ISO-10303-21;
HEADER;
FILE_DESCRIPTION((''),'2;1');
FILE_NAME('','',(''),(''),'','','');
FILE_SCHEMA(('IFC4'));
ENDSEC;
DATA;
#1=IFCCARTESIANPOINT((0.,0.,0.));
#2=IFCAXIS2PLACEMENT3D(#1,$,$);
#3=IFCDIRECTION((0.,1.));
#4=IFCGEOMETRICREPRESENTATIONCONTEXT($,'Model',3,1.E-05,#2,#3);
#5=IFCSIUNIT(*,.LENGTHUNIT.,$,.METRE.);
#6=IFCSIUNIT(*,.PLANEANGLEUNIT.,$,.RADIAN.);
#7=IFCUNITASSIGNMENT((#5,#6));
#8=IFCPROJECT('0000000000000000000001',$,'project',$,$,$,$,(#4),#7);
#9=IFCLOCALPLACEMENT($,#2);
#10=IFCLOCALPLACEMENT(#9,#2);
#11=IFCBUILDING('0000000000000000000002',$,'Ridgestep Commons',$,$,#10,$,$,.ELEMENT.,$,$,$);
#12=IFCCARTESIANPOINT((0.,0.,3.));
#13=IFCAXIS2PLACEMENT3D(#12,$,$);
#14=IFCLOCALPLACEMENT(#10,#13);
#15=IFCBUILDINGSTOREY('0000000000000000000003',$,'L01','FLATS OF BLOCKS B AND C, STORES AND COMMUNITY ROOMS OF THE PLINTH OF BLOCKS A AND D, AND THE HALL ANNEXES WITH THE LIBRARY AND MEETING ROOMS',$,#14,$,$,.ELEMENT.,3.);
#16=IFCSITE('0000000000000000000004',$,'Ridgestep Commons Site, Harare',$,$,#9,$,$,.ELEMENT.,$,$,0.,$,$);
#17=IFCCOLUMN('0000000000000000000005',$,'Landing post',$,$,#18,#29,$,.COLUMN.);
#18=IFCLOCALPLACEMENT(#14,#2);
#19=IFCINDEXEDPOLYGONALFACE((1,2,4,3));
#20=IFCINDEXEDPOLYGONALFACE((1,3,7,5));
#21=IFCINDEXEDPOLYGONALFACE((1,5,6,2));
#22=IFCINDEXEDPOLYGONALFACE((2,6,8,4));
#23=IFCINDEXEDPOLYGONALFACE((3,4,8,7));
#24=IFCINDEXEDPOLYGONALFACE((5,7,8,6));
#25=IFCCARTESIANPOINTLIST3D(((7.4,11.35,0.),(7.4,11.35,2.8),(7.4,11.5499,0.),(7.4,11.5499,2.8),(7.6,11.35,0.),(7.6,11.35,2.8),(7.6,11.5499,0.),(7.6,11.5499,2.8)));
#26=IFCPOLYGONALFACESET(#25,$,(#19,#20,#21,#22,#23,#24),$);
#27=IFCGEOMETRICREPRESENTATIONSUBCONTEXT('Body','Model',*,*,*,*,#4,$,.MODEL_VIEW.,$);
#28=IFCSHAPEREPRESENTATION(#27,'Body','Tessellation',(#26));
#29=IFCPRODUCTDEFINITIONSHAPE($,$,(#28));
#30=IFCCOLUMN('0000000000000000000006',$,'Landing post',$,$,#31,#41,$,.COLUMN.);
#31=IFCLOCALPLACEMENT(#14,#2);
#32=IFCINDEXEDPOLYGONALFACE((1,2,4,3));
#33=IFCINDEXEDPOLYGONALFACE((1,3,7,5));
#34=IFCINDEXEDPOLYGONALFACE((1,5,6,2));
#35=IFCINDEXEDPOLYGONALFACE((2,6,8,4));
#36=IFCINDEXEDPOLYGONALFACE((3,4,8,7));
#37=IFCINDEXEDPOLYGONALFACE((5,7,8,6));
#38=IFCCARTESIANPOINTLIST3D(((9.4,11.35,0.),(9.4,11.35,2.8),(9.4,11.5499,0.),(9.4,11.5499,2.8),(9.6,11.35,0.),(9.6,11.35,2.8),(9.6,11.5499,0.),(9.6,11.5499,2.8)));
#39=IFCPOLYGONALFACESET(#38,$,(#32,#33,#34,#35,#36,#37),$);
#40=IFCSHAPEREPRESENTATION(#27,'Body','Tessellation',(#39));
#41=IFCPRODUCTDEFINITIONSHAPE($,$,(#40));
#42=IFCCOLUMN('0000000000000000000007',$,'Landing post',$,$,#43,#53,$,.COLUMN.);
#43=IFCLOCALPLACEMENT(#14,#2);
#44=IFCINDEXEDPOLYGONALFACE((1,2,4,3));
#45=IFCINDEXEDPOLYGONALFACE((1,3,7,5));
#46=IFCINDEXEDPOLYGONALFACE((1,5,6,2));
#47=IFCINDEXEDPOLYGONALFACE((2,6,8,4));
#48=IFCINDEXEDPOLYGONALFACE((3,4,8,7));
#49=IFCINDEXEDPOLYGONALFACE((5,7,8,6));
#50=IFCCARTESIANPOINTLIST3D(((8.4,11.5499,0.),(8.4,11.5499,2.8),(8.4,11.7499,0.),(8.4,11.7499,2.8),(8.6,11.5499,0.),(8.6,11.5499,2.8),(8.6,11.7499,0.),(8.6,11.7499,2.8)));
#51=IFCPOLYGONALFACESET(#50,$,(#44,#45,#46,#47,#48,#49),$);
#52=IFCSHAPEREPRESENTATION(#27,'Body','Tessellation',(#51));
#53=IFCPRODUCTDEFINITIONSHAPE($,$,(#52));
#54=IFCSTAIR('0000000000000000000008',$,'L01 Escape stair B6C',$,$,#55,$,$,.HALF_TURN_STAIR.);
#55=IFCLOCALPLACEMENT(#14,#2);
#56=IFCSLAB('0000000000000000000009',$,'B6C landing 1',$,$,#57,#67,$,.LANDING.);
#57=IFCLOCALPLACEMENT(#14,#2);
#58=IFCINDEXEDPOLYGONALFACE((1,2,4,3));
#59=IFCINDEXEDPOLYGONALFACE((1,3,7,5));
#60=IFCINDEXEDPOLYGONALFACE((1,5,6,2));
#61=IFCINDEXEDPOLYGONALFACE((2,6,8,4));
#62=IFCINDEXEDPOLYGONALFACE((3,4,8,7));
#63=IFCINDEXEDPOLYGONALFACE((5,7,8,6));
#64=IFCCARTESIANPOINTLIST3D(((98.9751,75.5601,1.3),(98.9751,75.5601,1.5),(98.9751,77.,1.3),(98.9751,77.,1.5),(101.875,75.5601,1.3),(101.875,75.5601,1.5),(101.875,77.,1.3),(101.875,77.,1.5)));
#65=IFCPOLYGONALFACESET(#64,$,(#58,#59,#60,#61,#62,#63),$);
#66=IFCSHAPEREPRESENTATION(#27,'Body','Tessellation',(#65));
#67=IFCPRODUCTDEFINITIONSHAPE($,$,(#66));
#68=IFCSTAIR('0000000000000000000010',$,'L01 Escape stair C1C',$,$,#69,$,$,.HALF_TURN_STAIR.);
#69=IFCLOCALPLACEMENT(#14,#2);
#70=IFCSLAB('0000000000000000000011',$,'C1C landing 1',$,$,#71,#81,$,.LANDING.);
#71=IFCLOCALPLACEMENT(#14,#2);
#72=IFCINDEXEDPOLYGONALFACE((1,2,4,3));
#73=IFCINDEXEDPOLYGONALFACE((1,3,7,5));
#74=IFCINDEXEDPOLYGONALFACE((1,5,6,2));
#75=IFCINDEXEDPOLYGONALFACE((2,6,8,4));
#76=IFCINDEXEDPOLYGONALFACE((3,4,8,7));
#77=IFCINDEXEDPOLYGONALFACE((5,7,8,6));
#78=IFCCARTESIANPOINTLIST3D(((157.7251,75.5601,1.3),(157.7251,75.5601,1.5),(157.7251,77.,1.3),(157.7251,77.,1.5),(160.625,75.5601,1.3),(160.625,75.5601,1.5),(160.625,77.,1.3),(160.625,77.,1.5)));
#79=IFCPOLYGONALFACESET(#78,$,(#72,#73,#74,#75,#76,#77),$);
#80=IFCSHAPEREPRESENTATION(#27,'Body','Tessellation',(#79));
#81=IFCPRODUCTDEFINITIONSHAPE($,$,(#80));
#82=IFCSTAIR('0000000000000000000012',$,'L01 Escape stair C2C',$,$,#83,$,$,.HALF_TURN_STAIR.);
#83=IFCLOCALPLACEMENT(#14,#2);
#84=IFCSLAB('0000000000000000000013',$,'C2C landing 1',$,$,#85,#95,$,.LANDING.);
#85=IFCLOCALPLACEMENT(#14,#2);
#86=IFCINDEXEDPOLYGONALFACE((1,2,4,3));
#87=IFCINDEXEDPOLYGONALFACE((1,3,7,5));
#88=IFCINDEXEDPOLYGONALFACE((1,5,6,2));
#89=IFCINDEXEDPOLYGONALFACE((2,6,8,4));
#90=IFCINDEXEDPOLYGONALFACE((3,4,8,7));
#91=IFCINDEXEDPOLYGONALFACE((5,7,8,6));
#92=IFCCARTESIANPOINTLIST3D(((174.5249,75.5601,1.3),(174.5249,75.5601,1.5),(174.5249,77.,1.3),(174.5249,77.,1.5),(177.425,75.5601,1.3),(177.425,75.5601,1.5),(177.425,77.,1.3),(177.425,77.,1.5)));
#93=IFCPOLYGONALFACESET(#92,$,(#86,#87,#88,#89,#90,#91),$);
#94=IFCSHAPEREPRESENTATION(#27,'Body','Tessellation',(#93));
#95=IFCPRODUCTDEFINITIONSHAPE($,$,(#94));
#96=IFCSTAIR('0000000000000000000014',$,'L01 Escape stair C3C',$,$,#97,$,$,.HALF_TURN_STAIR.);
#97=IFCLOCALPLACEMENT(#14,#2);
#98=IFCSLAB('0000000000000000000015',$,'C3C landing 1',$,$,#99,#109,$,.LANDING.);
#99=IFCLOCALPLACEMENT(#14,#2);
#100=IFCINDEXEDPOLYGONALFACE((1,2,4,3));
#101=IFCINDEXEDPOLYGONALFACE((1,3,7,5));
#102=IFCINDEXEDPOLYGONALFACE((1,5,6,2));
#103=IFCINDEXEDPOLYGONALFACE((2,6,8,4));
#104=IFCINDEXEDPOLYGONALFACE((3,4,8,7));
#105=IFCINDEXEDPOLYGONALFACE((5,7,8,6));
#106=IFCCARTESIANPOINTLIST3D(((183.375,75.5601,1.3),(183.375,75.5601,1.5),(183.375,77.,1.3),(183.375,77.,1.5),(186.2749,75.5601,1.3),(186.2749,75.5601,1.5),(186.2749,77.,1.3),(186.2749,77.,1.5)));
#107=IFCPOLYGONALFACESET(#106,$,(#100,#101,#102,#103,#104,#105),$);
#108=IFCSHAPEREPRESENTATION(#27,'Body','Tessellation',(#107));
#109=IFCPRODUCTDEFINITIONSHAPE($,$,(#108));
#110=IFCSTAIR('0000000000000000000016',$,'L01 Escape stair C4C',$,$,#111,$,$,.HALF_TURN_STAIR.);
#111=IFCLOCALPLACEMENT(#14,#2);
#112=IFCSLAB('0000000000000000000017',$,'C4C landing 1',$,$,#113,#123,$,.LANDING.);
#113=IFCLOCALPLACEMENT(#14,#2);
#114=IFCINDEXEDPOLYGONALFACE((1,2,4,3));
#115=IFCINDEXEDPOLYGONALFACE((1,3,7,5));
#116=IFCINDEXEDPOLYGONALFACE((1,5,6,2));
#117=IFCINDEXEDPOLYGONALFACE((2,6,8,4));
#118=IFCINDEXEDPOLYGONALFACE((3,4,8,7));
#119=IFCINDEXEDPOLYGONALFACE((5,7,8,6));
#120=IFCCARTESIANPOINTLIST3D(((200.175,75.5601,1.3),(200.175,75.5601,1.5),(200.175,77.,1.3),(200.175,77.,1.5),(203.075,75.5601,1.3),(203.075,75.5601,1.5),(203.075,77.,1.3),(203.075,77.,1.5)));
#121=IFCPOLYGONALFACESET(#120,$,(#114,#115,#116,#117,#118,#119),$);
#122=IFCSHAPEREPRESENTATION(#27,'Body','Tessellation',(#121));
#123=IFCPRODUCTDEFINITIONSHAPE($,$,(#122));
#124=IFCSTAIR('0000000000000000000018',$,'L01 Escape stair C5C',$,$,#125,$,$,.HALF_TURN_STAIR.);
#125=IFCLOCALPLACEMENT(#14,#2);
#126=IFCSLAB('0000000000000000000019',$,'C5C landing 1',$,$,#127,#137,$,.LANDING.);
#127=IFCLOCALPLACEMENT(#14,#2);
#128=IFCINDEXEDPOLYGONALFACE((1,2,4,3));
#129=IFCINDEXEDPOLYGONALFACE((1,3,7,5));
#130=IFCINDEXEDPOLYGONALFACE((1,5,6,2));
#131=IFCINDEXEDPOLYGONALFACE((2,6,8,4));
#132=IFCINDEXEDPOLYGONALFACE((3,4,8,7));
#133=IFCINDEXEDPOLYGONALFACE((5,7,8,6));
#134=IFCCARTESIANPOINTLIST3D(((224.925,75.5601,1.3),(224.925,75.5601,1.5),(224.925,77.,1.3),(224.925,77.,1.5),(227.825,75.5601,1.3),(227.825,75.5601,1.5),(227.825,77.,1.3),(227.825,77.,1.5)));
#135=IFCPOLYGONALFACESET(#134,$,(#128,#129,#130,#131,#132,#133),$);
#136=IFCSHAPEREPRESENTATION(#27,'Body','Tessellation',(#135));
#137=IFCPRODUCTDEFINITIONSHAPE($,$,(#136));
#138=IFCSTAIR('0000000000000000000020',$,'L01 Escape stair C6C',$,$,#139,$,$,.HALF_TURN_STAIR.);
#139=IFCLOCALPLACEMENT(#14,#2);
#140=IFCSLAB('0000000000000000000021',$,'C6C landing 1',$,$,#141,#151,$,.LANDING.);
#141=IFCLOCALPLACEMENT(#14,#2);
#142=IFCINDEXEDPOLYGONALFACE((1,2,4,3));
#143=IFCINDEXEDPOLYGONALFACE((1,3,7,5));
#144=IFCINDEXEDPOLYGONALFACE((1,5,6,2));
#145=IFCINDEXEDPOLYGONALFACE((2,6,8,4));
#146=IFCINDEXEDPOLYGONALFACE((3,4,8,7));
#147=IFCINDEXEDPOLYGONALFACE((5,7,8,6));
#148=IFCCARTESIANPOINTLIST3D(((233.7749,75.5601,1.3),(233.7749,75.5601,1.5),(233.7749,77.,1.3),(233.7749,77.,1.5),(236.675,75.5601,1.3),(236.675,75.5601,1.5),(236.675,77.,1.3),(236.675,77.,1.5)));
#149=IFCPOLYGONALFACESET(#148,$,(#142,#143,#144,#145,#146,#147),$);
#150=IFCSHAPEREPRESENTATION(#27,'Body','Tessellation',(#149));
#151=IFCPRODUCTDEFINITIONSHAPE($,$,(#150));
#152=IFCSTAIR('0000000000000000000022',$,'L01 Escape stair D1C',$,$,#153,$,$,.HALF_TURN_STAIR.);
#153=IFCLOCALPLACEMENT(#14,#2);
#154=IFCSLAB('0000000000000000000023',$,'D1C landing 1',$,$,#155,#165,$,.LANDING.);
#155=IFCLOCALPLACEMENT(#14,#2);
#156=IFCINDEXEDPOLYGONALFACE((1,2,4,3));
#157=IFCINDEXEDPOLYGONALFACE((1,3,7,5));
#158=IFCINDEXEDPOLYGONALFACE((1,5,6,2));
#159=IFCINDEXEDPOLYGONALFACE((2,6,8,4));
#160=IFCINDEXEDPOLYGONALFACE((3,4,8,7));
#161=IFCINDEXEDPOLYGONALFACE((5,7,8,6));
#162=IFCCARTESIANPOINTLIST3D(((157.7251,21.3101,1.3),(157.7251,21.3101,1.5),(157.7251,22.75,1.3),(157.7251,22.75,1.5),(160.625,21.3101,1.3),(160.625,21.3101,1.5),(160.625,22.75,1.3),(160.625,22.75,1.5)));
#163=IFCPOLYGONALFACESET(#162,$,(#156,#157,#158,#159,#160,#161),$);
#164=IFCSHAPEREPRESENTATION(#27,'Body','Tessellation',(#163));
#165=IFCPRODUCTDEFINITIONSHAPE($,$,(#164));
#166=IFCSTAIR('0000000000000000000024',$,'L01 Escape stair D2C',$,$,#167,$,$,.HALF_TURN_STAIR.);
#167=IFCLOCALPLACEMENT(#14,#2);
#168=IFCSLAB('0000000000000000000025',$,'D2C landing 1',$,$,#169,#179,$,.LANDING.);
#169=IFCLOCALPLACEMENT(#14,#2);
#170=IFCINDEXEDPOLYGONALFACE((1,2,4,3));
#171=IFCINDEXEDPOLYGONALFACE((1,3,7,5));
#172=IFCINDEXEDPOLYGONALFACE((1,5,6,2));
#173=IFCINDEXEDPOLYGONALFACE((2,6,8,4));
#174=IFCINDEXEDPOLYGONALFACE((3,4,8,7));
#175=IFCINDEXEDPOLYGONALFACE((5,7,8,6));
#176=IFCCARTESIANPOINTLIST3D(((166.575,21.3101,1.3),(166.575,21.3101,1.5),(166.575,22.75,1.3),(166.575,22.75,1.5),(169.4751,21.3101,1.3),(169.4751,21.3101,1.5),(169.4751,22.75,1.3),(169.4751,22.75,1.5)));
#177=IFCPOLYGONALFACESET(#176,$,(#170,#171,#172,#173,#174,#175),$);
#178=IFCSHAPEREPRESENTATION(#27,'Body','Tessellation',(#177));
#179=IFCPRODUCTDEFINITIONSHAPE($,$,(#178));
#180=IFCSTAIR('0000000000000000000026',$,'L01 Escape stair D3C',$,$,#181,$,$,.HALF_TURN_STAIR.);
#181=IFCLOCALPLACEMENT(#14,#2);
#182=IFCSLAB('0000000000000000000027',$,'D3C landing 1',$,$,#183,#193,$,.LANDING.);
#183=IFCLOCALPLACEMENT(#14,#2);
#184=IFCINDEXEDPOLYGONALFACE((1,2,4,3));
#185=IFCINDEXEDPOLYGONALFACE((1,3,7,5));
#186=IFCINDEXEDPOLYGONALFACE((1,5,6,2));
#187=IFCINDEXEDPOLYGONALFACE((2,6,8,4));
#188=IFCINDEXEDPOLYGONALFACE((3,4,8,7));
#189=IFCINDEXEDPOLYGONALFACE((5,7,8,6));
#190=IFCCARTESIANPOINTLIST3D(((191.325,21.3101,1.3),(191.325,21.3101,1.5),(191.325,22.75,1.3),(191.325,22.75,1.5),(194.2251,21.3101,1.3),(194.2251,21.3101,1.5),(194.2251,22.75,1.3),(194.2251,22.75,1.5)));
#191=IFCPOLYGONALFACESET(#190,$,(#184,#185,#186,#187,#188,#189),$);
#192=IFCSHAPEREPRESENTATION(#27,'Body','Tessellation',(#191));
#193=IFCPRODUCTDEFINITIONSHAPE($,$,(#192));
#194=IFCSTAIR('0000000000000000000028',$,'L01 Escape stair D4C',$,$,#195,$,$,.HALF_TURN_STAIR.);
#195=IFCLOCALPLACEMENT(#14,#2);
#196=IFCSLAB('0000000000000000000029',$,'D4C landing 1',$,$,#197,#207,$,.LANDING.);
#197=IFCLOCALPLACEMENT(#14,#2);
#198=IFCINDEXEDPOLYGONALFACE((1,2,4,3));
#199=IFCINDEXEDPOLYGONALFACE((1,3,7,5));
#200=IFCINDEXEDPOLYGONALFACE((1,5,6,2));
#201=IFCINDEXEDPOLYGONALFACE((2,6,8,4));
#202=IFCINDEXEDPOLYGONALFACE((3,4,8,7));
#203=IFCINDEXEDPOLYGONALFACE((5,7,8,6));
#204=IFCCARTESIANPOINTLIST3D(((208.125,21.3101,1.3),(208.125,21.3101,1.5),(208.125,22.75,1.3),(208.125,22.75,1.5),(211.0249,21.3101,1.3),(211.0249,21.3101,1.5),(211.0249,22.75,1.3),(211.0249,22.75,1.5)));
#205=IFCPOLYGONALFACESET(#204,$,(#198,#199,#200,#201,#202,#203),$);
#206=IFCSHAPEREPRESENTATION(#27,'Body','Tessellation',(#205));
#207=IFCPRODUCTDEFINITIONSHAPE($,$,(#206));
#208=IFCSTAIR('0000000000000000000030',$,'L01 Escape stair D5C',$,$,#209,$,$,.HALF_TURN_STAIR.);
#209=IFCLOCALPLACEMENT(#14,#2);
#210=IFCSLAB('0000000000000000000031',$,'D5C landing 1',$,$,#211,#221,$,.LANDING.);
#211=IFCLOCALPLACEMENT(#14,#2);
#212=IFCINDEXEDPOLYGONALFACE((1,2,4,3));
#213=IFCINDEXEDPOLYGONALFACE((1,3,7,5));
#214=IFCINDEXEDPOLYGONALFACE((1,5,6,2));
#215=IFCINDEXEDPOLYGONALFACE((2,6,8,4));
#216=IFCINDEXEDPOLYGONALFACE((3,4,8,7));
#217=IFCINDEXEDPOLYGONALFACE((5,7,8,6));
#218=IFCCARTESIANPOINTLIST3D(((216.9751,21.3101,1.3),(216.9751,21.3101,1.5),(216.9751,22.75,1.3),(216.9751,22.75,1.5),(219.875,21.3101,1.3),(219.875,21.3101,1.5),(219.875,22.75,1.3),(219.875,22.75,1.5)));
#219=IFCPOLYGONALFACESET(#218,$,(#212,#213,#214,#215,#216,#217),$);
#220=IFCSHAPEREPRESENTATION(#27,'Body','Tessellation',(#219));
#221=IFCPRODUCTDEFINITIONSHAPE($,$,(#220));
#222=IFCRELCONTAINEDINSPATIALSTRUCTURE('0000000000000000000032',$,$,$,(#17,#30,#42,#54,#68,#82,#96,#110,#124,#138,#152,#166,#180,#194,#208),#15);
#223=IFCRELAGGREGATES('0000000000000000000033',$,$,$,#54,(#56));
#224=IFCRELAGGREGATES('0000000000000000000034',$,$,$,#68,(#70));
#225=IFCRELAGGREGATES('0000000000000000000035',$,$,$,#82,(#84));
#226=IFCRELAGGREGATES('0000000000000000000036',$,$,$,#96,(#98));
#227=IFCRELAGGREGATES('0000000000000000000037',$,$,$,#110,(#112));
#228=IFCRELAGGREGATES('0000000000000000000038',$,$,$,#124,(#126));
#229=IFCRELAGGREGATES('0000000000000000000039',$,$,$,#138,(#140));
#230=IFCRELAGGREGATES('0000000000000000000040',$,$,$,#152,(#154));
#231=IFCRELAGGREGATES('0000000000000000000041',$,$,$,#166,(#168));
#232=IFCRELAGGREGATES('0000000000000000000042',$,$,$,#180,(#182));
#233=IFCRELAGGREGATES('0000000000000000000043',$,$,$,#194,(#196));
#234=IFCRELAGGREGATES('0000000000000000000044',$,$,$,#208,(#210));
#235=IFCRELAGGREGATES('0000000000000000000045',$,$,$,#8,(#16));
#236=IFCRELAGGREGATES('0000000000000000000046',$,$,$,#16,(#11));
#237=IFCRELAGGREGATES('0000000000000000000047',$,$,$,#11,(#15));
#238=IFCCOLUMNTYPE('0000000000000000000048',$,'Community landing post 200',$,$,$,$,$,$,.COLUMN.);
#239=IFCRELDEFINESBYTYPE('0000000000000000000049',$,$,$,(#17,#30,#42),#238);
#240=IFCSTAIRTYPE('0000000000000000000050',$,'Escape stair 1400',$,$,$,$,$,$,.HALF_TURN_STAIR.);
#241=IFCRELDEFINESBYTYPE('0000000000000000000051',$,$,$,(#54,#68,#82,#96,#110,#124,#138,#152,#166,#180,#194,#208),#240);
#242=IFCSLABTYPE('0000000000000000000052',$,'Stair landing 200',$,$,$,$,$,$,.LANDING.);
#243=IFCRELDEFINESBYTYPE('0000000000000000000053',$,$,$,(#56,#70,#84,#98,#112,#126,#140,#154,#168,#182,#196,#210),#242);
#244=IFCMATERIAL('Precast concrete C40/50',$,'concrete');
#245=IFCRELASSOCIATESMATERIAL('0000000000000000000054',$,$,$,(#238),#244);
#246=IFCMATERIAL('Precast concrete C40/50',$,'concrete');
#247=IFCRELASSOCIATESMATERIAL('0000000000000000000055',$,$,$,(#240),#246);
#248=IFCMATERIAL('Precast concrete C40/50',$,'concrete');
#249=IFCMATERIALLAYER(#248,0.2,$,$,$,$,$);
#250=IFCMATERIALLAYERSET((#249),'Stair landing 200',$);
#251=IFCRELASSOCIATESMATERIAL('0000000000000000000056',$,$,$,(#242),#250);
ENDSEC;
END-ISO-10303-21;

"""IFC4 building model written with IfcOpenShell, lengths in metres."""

from ifc_helpers import new_model, si_unit, direction, frame, origin, origin_2d, place, context, subcontext, project, spatial, polyline, rectangle, outline, extrude, material, layer, layer_set, material_profile, profile_set, type_object, element, aggregate, save


model = new_model("IFC4")

# Units and contexts
model_context = context("Model", 3, precision=1e-05, world=origin(), true_north=direction((0.0, 1.0)))
body_context = subcontext(model_context, "Body", "Model", "MODEL_VIEW")
ifc_project = project(units=[si_unit("LENGTHUNIT", "METRE"), si_unit("PLANEANGLEUNIT", "RADIAN")], contexts=[model_context])

# Site, building, storey
site_placement = place(None, origin())
site = spatial("IfcSite", under=ifc_project, at=site_placement, Name="Ridgestep Commons Site, Harare", CompositionType="ELEMENT", RefElevation=0.0)
building_placement = place(site_placement, origin())
building = spatial("IfcBuilding", under=site, at=building_placement, Name="Ridgestep Commons", CompositionType="ELEMENT")
storey_placement = place(building_placement, frame((0.0, 0.0, 3.0)))
storey = spatial("IfcBuildingStorey", under=building, at=storey_placement, Name="L01", Description="FLATS OF BLOCKS B AND C, STORES AND COMMUNITY ROOMS OF THE PLINTH OF BLOCKS A AND D, AND THE HALL ANNEXES WITH THE LIBRARY AND MEETING ROOMS", CompositionType="ELEMENT", Elevation=3.0)

# Columns
ifc_material_1 = material(Name="Precast concrete C40/50", Category="concrete")
ifc_material_profile = material_profile(ifc_material_1, rectangle(XDim=0.2, YDim=0.2, at=origin_2d()), Name="Community landing post 200")
ifc_profile_set = profile_set([ifc_material_profile], Name="Precast concrete C40/50")
column_type = type_object("IfcColumnType", Name="Community landing post 200", PredefinedType="COLUMN", material=ifc_profile_set)
for number, where, z_axis, x_axis, name in (
    (1, (7.5, 11.45, 0.0), (0.0, 0.0, 1.0), (1.0, 0.0, 0.0), "Landing post"),
    (2, (9.5, 11.45, 0.0), (0.0, 0.0, 1.0), (1.0, 0.0, 0.0), "Landing post"),
    (3, (8.5, 11.6499, 0.0), (0.0, 0.0, 1.0), (1.0, 0.0, 0.0), "Landing post"),
):
    element("IfcColumn", number, at=place(storey_placement, frame(where, z_axis=z_axis, x_axis=x_axis)), inside=storey, type_object=column_type, Name=name, PredefinedType="COLUMN", context=body_context, shape_type="SweptSolid", body=[
        extrude(rectangle(XDim=0.2, YDim=0.2, at=origin_2d()), origin(), (0.0, 0.0, 1.0), 2.8),
    ])

# Stairs, slabs
ifc_material_2 = material(Name="Precast concrete C40/50", Category="concrete")
stair_type = type_object("IfcStairType", Name="Escape stair 1400", PredefinedType="HALF_TURN_STAIR", material=ifc_material_2)
stair_1_placement = place(storey_placement, origin())
stair_1 = element("IfcStair", 4, at=stair_1_placement, inside=storey, type_object=stair_type, Name="L01 Escape stair B6C", PredefinedType="HALF_TURN_STAIR")
ifc_material_3 = material(Name="Precast concrete C40/50", Category="concrete")
ifc_layer_1 = layer(ifc_material_3, 0.2)
ifc_layer_set_1 = layer_set([ifc_layer_1], Name="Stair landing 200")
slab_type = type_object("IfcSlabType", Name="Stair landing 200", PredefinedType="LANDING", material=ifc_layer_set_1)
slab_1_placement = place(storey_placement, frame((0.0, 0.0, 1.3)))
slab_1 = element("IfcSlab", 5, at=slab_1_placement, type_object=slab_type, Name="B6C landing 1", PredefinedType="LANDING", context=body_context, shape_type="SweptSolid", body=[
    extrude(outline(polyline([(101.875, 75.5601), (101.875, 77.0), (98.9751, 77.0), (98.9751, 75.5601), (101.875, 75.5601)])), origin(), (0.0, 0.0, 1.0), 0.2),
])
aggregate(stair_1, [slab_1])
stair_2_placement = place(storey_placement, origin())
stair_2 = element("IfcStair", 6, at=stair_2_placement, inside=storey, type_object=stair_type, Name="L01 Escape stair C1C", PredefinedType="HALF_TURN_STAIR")
slab_2_placement = place(storey_placement, frame((0.0, 0.0, 1.3)))
slab_2 = element("IfcSlab", 7, at=slab_2_placement, type_object=slab_type, Name="C1C landing 1", PredefinedType="LANDING", context=body_context, shape_type="SweptSolid", body=[
    extrude(outline(polyline([(160.625, 75.5601), (160.625, 77.0), (157.7251, 77.0), (157.7251, 75.5601), (160.625, 75.5601)])), origin(), (0.0, 0.0, 1.0), 0.2),
])
aggregate(stair_2, [slab_2])
stair_3_placement = place(storey_placement, origin())
stair_3 = element("IfcStair", 8, at=stair_3_placement, inside=storey, type_object=stair_type, Name="L01 Escape stair C2C", PredefinedType="HALF_TURN_STAIR")
slab_3_placement = place(storey_placement, frame((0.0, 0.0, 1.3)))
slab_3 = element("IfcSlab", 9, at=slab_3_placement, type_object=slab_type, Name="C2C landing 1", PredefinedType="LANDING", context=body_context, shape_type="SweptSolid", body=[
    extrude(outline(polyline([(177.425, 75.5601), (177.425, 77.0), (174.5249, 77.0), (174.5249, 75.5601), (177.425, 75.5601)])), origin(), (0.0, 0.0, 1.0), 0.2),
])
aggregate(stair_3, [slab_3])
stair_4_placement = place(storey_placement, origin())
stair_4 = element("IfcStair", 10, at=stair_4_placement, inside=storey, type_object=stair_type, Name="L01 Escape stair C3C", PredefinedType="HALF_TURN_STAIR")
slab_4_placement = place(storey_placement, frame((0.0, 0.0, 1.3)))
slab_4 = element("IfcSlab", 11, at=slab_4_placement, type_object=slab_type, Name="C3C landing 1", PredefinedType="LANDING", context=body_context, shape_type="SweptSolid", body=[
    extrude(outline(polyline([(186.2749, 75.5601), (186.2749, 77.0), (183.375, 77.0), (183.375, 75.5601), (186.2749, 75.5601)])), origin(), (0.0, 0.0, 1.0), 0.2),
])
aggregate(stair_4, [slab_4])
stair_5_placement = place(storey_placement, origin())
stair_5 = element("IfcStair", 12, at=stair_5_placement, inside=storey, type_object=stair_type, Name="L01 Escape stair C4C", PredefinedType="HALF_TURN_STAIR")
slab_5_placement = place(storey_placement, frame((0.0, 0.0, 1.3)))
slab_5 = element("IfcSlab", 13, at=slab_5_placement, type_object=slab_type, Name="C4C landing 1", PredefinedType="LANDING", context=body_context, shape_type="SweptSolid", body=[
    extrude(outline(polyline([(203.075, 75.5601), (203.075, 77.0), (200.175, 77.0), (200.175, 75.5601), (203.075, 75.5601)])), origin(), (0.0, 0.0, 1.0), 0.2),
])
aggregate(stair_5, [slab_5])
stair_6_placement = place(storey_placement, origin())
stair_6 = element("IfcStair", 14, at=stair_6_placement, inside=storey, type_object=stair_type, Name="L01 Escape stair C5C", PredefinedType="HALF_TURN_STAIR")
slab_6_placement = place(storey_placement, frame((0.0, 0.0, 1.3)))
slab_6 = element("IfcSlab", 15, at=slab_6_placement, type_object=slab_type, Name="C5C landing 1", PredefinedType="LANDING", context=body_context, shape_type="SweptSolid", body=[
    extrude(outline(polyline([(227.825, 75.5601), (227.825, 77.0), (224.925, 77.0), (224.925, 75.5601), (227.825, 75.5601)])), origin(), (0.0, 0.0, 1.0), 0.2),
])
aggregate(stair_6, [slab_6])
stair_7_placement = place(storey_placement, origin())
stair_7 = element("IfcStair", 16, at=stair_7_placement, inside=storey, type_object=stair_type, Name="L01 Escape stair C6C", PredefinedType="HALF_TURN_STAIR")
slab_7_placement = place(storey_placement, frame((0.0, 0.0, 1.3)))
slab_7 = element("IfcSlab", 17, at=slab_7_placement, type_object=slab_type, Name="C6C landing 1", PredefinedType="LANDING", context=body_context, shape_type="SweptSolid", body=[
    extrude(outline(polyline([(236.675, 75.5601), (236.675, 77.0), (233.7749, 77.0), (233.7749, 75.5601), (236.675, 75.5601)])), origin(), (0.0, 0.0, 1.0), 0.2),
])
aggregate(stair_7, [slab_7])
stair_8_placement = place(storey_placement, origin())
stair_8 = element("IfcStair", 18, at=stair_8_placement, inside=storey, type_object=stair_type, Name="L01 Escape stair D1C", PredefinedType="HALF_TURN_STAIR")
slab_8_placement = place(storey_placement, frame((0.0, 0.0, 1.3)))
slab_8 = element("IfcSlab", 19, at=slab_8_placement, type_object=slab_type, Name="D1C landing 1", PredefinedType="LANDING", context=body_context, shape_type="SweptSolid", body=[
    extrude(outline(polyline([(160.625, 21.3101), (160.625, 22.75), (157.7251, 22.75), (157.7251, 21.3101), (160.625, 21.3101)])), origin(), (0.0, 0.0, 1.0), 0.2),
])
aggregate(stair_8, [slab_8])
stair_9_placement = place(storey_placement, origin())
stair_9 = element("IfcStair", 20, at=stair_9_placement, inside=storey, type_object=stair_type, Name="L01 Escape stair D2C", PredefinedType="HALF_TURN_STAIR")
slab_9_placement = place(storey_placement, frame((0.0, 0.0, 1.3)))
slab_9 = element("IfcSlab", 21, at=slab_9_placement, type_object=slab_type, Name="D2C landing 1", PredefinedType="LANDING", context=body_context, shape_type="SweptSolid", body=[
    extrude(outline(polyline([(169.4751, 21.3101), (169.4751, 22.75), (166.575, 22.75), (166.575, 21.3101), (169.4751, 21.3101)])), origin(), (0.0, 0.0, 1.0), 0.2),
])
aggregate(stair_9, [slab_9])
stair_10_placement = place(storey_placement, origin())
stair_10 = element("IfcStair", 22, at=stair_10_placement, inside=storey, type_object=stair_type, Name="L01 Escape stair D3C", PredefinedType="HALF_TURN_STAIR")
slab_10_placement = place(storey_placement, frame((0.0, 0.0, 1.3)))
slab_10 = element("IfcSlab", 23, at=slab_10_placement, type_object=slab_type, Name="D3C landing 1", PredefinedType="LANDING", context=body_context, shape_type="SweptSolid", body=[
    extrude(outline(polyline([(194.2251, 21.3101), (194.2251, 22.75), (191.325, 22.75), (191.325, 21.3101), (194.2251, 21.3101)])), origin(), (0.0, 0.0, 1.0), 0.2),
])
aggregate(stair_10, [slab_10])
stair_11_placement = place(storey_placement, origin())
stair_11 = element("IfcStair", 24, at=stair_11_placement, inside=storey, type_object=stair_type, Name="L01 Escape stair D4C", PredefinedType="HALF_TURN_STAIR")
slab_11_placement = place(storey_placement, frame((0.0, 0.0, 1.3)))
slab_11 = element("IfcSlab", 25, at=slab_11_placement, type_object=slab_type, Name="D4C landing 1", PredefinedType="LANDING", context=body_context, shape_type="SweptSolid", body=[
    extrude(outline(polyline([(211.0249, 21.3101), (211.0249, 22.75), (208.125, 22.75), (208.125, 21.3101), (211.0249, 21.3101)])), origin(), (0.0, 0.0, 1.0), 0.2),
])
aggregate(stair_11, [slab_11])
stair_12_placement = place(storey_placement, origin())
stair_12 = element("IfcStair", 26, at=stair_12_placement, inside=storey, type_object=stair_type, Name="L01 Escape stair D5C", PredefinedType="HALF_TURN_STAIR")
slab_12_placement = place(storey_placement, frame((0.0, 0.0, 1.3)))
slab_12 = element("IfcSlab", 27, at=slab_12_placement, type_object=slab_type, Name="D5C landing 1", PredefinedType="LANDING", context=body_context, shape_type="SweptSolid", body=[
    extrude(outline(polyline([(219.875, 21.3101), (219.875, 22.75), (216.9751, 22.75), (216.9751, 21.3101), (219.875, 21.3101)])), origin(), (0.0, 0.0, 1.0), 0.2),
])
aggregate(stair_12, [slab_12])

save(model, "model.ifc")
